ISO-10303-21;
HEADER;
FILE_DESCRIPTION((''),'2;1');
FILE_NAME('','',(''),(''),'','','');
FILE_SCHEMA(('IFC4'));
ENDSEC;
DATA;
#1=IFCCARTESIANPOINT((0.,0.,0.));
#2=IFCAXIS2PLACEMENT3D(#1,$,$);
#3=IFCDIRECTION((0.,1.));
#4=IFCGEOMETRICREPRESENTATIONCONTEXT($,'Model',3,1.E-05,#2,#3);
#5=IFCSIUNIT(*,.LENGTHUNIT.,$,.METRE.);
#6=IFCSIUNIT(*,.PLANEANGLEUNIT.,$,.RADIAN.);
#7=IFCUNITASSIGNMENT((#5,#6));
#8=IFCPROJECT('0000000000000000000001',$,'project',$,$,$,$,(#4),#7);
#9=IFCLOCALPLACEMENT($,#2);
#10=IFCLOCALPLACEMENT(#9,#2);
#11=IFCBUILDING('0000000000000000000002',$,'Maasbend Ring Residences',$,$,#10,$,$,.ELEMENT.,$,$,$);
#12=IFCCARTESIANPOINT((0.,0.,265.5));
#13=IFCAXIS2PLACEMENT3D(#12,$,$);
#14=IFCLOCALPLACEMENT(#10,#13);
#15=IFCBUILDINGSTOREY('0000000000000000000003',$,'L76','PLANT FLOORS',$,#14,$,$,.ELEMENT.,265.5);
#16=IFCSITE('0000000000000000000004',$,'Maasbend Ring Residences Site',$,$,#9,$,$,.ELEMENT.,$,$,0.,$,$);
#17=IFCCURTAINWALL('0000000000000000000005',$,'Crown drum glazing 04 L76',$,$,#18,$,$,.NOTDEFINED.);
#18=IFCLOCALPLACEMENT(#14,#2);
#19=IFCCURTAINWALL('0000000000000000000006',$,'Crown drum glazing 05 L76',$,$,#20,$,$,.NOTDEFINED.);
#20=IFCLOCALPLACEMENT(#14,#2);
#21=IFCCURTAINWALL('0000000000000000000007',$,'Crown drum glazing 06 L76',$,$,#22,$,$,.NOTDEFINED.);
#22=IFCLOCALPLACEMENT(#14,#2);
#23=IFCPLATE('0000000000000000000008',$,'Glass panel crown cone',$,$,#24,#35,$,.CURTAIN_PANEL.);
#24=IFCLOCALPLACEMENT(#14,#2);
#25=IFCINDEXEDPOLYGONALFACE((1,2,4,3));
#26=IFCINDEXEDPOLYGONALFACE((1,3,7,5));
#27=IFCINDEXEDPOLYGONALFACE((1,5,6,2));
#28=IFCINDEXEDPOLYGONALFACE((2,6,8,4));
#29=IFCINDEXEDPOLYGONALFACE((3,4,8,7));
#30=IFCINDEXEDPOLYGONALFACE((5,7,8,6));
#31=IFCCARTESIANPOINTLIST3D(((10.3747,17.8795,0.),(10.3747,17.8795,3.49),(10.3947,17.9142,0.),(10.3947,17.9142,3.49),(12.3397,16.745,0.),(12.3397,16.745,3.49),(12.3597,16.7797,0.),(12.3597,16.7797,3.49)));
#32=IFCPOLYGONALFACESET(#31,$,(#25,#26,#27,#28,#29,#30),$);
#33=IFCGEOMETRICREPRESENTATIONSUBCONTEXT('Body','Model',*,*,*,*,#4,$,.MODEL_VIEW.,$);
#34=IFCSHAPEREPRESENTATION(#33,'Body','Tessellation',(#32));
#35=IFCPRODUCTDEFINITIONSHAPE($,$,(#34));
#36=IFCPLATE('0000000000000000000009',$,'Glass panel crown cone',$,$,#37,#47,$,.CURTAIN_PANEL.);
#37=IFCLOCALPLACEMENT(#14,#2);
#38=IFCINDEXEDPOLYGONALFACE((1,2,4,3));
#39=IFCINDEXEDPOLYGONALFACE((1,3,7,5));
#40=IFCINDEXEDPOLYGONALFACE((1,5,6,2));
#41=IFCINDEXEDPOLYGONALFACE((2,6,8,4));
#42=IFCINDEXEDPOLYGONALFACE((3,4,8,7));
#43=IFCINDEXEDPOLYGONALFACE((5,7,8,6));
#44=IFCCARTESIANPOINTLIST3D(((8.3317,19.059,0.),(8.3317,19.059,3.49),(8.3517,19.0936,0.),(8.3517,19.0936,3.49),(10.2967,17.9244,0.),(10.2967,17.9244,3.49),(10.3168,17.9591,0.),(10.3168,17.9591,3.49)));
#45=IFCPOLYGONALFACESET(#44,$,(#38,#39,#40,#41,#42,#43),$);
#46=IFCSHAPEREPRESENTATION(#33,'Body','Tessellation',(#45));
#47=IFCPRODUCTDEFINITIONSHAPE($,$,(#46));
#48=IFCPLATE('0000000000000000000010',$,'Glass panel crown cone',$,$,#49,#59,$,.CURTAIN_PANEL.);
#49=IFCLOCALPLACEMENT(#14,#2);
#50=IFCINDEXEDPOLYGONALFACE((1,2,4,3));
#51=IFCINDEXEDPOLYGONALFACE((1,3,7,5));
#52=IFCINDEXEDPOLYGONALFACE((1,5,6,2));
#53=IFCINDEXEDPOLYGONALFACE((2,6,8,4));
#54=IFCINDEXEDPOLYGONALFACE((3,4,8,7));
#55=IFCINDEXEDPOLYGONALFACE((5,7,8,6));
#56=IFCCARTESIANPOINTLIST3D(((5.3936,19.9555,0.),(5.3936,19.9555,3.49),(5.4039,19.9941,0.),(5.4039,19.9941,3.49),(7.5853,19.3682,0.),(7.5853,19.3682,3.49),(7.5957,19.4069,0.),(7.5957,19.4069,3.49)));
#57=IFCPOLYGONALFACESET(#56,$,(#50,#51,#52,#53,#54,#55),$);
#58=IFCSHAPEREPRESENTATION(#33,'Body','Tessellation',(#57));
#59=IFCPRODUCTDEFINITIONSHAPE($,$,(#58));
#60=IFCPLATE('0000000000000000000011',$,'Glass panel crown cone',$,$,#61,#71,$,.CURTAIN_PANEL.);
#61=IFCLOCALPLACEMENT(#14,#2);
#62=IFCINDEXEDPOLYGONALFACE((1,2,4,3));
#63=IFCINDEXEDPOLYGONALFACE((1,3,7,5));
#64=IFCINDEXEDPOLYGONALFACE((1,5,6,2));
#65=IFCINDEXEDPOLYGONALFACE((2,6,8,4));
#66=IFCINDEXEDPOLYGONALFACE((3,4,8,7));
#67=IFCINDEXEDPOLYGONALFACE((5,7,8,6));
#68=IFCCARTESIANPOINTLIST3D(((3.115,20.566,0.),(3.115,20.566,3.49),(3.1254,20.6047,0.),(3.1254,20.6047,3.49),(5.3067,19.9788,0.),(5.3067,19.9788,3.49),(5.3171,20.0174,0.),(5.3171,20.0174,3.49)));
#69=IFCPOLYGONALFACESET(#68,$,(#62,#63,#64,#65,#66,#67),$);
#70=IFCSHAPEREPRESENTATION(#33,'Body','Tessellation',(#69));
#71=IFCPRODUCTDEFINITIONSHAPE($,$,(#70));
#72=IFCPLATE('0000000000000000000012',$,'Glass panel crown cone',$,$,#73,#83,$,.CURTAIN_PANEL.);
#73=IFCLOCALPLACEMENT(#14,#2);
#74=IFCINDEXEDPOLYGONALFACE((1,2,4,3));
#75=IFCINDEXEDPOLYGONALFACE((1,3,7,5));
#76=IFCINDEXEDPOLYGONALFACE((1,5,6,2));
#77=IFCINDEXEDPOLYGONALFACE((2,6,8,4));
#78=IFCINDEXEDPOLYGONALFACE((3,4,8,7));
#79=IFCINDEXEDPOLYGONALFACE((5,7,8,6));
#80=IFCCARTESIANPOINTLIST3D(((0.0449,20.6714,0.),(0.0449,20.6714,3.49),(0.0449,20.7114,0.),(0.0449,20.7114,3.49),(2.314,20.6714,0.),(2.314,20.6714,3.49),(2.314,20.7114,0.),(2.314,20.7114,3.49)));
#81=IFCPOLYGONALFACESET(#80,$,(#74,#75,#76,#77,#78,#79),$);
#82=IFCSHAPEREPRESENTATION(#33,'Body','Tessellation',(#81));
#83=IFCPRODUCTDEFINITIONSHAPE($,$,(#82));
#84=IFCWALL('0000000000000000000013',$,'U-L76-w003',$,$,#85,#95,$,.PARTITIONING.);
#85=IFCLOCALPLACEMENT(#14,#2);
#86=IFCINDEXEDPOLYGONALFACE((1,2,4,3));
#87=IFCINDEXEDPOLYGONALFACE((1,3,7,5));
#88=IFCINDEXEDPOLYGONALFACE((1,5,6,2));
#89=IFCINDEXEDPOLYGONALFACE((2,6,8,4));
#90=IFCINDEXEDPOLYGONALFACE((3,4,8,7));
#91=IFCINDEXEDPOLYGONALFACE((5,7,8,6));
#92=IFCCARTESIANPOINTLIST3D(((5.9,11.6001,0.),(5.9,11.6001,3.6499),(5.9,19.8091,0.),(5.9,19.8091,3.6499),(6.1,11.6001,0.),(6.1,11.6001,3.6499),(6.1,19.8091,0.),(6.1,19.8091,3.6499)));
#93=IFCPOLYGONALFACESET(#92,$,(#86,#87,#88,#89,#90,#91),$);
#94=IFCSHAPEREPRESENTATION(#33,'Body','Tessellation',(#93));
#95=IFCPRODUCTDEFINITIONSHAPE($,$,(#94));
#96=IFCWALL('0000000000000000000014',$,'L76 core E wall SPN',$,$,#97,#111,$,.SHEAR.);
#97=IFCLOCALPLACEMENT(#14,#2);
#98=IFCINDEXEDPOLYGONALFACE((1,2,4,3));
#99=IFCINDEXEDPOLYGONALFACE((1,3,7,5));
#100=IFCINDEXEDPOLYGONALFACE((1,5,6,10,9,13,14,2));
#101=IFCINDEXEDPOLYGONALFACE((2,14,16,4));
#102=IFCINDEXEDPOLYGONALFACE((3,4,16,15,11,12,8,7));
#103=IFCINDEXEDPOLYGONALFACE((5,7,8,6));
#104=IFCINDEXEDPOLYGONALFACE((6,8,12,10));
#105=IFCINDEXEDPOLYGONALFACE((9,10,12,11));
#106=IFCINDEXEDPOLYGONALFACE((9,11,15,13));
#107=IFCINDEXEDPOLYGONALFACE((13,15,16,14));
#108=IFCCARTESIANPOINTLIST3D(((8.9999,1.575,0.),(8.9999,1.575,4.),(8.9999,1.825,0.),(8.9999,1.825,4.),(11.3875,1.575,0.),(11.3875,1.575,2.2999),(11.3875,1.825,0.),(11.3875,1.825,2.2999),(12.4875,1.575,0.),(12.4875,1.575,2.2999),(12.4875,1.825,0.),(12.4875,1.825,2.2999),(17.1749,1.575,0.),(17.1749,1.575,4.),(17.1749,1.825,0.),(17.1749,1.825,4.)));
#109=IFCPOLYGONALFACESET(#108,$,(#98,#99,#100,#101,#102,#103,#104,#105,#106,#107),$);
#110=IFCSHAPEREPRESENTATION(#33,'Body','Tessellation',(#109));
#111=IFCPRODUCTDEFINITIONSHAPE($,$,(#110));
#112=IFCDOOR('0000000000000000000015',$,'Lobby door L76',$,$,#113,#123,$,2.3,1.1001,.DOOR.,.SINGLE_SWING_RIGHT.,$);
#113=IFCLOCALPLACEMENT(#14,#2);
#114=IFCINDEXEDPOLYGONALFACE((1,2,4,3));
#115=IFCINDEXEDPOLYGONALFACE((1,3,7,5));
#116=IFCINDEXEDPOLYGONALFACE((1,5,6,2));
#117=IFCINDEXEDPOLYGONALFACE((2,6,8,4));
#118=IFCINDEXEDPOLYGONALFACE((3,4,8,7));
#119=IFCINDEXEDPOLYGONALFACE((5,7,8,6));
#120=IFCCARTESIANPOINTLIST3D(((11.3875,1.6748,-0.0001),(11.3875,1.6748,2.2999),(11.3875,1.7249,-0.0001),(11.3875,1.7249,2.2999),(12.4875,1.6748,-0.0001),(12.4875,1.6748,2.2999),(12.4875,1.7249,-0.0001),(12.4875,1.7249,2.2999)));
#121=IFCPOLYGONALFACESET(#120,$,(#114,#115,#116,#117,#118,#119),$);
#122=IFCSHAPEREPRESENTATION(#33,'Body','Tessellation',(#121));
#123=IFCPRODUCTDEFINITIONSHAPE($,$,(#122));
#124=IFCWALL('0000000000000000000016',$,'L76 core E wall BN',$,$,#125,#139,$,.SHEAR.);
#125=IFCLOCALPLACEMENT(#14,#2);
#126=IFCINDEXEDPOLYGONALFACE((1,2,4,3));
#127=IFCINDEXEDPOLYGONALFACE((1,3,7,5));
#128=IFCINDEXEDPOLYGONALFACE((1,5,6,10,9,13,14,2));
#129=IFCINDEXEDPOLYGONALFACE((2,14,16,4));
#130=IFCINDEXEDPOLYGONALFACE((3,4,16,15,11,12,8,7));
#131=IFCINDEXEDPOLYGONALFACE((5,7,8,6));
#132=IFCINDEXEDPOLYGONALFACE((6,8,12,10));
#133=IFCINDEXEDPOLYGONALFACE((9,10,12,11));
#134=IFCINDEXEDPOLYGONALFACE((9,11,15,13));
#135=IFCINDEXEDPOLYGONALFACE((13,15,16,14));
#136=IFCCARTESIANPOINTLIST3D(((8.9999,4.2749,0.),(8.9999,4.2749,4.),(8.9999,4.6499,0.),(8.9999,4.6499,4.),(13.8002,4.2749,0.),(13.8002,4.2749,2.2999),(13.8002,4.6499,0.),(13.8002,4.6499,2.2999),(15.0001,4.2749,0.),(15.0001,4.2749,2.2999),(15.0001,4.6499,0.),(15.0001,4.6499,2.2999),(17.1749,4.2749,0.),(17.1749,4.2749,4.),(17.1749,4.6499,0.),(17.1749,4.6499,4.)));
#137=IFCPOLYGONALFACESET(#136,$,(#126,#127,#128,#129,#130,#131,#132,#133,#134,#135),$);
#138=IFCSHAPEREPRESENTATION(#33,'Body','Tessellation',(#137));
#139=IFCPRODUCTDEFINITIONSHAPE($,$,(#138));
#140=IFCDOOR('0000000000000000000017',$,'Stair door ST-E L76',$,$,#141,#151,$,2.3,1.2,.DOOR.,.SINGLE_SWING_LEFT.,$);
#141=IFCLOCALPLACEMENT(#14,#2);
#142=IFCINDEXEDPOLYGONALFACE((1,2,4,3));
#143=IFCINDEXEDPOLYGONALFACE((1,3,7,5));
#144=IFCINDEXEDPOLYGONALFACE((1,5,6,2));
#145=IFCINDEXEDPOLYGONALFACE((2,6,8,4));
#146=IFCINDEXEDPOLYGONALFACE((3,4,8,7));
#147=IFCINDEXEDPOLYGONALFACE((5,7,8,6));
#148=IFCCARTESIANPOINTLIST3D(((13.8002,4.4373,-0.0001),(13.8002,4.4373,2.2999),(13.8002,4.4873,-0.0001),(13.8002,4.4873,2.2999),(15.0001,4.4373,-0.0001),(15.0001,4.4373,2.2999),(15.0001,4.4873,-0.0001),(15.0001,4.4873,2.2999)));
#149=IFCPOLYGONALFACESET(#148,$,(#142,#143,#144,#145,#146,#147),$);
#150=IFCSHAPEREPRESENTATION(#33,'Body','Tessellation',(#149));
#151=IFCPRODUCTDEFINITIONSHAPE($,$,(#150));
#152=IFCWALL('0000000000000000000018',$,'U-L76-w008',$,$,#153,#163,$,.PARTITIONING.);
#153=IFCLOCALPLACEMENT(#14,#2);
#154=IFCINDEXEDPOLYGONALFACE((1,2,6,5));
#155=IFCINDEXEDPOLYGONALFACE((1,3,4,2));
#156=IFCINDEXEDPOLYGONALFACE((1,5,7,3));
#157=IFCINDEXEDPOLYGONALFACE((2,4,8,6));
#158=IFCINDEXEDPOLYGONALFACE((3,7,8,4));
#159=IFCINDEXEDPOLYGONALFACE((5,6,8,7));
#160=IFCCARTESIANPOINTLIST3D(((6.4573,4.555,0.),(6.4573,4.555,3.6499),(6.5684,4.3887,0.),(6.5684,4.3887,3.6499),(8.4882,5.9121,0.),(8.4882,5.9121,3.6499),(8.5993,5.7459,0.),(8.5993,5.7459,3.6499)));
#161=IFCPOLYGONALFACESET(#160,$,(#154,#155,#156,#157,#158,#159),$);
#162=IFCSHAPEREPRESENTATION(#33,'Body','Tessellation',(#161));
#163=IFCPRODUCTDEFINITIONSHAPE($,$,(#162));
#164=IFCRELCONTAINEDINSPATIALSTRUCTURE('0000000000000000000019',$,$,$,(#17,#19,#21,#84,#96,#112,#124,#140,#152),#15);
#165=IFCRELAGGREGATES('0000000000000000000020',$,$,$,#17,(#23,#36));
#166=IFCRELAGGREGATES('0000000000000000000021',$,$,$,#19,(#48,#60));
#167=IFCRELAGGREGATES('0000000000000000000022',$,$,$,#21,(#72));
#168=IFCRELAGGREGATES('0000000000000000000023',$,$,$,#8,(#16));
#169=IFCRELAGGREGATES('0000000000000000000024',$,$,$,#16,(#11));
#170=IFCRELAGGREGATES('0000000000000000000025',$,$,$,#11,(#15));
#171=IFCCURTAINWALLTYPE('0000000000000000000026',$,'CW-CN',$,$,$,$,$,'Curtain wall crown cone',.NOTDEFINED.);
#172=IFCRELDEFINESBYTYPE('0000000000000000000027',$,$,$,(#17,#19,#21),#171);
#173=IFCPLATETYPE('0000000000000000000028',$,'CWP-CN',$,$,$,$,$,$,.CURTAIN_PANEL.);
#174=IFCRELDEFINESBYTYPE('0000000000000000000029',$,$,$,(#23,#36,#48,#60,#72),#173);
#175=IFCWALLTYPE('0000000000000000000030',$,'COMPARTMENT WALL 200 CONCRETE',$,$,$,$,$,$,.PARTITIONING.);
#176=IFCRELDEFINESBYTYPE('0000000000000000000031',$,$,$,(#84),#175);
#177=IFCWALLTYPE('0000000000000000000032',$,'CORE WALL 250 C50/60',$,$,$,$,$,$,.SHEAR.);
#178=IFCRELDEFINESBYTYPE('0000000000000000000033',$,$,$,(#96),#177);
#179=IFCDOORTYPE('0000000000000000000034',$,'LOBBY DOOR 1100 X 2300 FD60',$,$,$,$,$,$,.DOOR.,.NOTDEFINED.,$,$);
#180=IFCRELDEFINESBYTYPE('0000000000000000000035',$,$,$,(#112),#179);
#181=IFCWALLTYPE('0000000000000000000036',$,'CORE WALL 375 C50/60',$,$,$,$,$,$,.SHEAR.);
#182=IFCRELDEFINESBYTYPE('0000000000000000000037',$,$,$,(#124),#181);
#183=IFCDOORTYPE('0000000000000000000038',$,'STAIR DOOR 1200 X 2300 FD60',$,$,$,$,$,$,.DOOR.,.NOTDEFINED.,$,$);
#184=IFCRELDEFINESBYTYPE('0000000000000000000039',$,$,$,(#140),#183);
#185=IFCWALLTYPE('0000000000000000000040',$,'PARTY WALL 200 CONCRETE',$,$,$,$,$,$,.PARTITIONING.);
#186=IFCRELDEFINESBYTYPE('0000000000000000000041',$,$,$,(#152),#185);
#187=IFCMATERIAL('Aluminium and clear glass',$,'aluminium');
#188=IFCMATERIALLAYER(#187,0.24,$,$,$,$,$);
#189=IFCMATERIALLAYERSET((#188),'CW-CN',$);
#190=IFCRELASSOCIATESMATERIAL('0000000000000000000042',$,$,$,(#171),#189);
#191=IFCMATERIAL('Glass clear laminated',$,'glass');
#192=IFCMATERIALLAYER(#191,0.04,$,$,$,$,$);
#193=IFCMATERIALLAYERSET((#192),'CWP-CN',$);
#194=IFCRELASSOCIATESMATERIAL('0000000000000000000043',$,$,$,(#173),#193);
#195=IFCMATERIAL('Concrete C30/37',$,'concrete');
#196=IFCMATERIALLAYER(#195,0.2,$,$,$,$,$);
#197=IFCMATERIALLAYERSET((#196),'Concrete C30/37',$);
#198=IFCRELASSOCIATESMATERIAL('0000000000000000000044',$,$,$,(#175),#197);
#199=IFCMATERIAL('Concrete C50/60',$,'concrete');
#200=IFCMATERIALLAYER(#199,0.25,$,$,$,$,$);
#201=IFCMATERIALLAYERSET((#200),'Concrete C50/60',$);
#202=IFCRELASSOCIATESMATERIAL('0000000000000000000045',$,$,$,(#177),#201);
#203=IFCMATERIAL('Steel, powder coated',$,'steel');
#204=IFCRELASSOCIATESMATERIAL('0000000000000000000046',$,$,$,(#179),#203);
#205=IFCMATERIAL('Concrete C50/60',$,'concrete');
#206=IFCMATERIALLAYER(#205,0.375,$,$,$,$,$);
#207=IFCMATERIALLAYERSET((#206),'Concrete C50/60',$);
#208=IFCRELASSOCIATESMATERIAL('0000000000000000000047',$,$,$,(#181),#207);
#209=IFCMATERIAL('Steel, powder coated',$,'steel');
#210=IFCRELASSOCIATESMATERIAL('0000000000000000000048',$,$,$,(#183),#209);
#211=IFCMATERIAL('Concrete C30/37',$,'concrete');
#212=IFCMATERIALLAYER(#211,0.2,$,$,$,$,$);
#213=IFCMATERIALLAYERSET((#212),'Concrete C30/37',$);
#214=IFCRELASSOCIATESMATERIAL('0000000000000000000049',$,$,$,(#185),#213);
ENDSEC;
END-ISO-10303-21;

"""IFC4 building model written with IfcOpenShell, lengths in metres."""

from ifc_helpers import new_model, si_unit, direction, frame, frame_2d, origin, origin_2d, place, context, subcontext, project, spatial, rectangle, extrude, material, layer, layer_set, type_object, element, fill, aggregate, save


model = new_model("IFC4")

# Units and contexts
model_context = context("Model", 3, precision=1e-05, world=origin(), true_north=direction((0.0, 1.0)))
body_context = subcontext(model_context, "Body", "Model", "MODEL_VIEW")
ifc_project = project(units=[si_unit("LENGTHUNIT", "METRE"), si_unit("PLANEANGLEUNIT", "RADIAN")], contexts=[model_context])

# Site, building, storey
site_placement = place(None, origin())
site = spatial("IfcSite", under=ifc_project, at=site_placement, Name="Maasbend Ring Residences Site", CompositionType="ELEMENT", RefElevation=0.0)
building_placement = place(site_placement, origin())
building = spatial("IfcBuilding", under=site, at=building_placement, Name="Maasbend Ring Residences", CompositionType="ELEMENT")
storey_placement = place(building_placement, frame((0.0, 0.0, 265.5)))
storey = spatial("IfcBuildingStorey", under=building, at=storey_placement, Name="L76", Description="PLANT FLOORS", CompositionType="ELEMENT", Elevation=265.5)

# Curtain walls
ifc_material_1 = material(Name="Aluminium and clear glass", Category="aluminium")
ifc_layer_1 = layer(ifc_material_1, 0.24)
ifc_layer_set_1 = layer_set([ifc_layer_1], Name="CW-CN")
curtain_wall_type = type_object("IfcCurtainWallType", Name="CW-CN", ElementType="Curtain wall crown cone", PredefinedType="NOTDEFINED", material=ifc_layer_set_1)
curtain_wall_1_placement = place(storey_placement, origin())
curtain_wall_1 = element("IfcCurtainWall", 1, at=curtain_wall_1_placement, inside=storey, type_object=curtain_wall_type, Name="Crown drum glazing 04 L76", PredefinedType="NOTDEFINED")
curtain_wall_2_placement = place(storey_placement, origin())
curtain_wall_2 = element("IfcCurtainWall", 2, at=curtain_wall_2_placement, inside=storey, type_object=curtain_wall_type, Name="Crown drum glazing 05 L76", PredefinedType="NOTDEFINED")

# Curtain wall
curtain_wall_3_placement = place(storey_placement, origin())
curtain_wall_3 = element("IfcCurtainWall", 3, at=curtain_wall_3_placement, inside=storey, type_object=curtain_wall_type, Name="Crown drum glazing 06 L76", PredefinedType="NOTDEFINED")

# Plates
ifc_material_2 = material(Name="Glass clear laminated", Category="glass")
ifc_layer_2 = layer(ifc_material_2, 0.04)
ifc_layer_set_2 = layer_set([ifc_layer_2], Name="CWP-CN")
plate_type = type_object("IfcPlateType", Name="CWP-CN", PredefinedType="CURTAIN_PANEL", material=ifc_layer_set_2)
plate_1_placement = place(storey_placement, frame((11.3672, 17.3296, 0.0), z_axis=(0.0, 0.0, 1.0), x_axis=(-0.866025, 0.5, 0.0)))
plate_1 = element("IfcPlate", 4, at=plate_1_placement, type_object=plate_type, Name="Glass panel crown cone", PredefinedType="CURTAIN_PANEL", context=body_context, shape_type="SweptSolid", body=[
    extrude(rectangle(XDim=2.269, YDim=0.04, at=origin_2d()), origin(), (0.0, 0.0, 1.0), 3.49),
])
plate_2_placement = place(storey_placement, frame((9.3242, 18.509, 0.0), z_axis=(0.0, 0.0, 1.0), x_axis=(-0.866025, 0.5, 0.0)))
plate_2 = element("IfcPlate", 5, at=plate_2_placement, type_object=plate_type, Name="Glass panel crown cone", PredefinedType="CURTAIN_PANEL", context=body_context, shape_type="SweptSolid", body=[
    extrude(rectangle(XDim=2.269, YDim=0.04, at=origin_2d()), origin(), (0.0, 0.0, 1.0), 3.49),
])
aggregate(curtain_wall_1, [plate_1, plate_2])
plate_3_placement = place(storey_placement, frame((6.4946, 19.6812, 0.0), z_axis=(0.0, 0.0, 1.0), x_axis=(-0.965926, 0.258819, 0.0)))
plate_3 = element("IfcPlate", 6, at=plate_3_placement, type_object=plate_type, Name="Glass panel crown cone", PredefinedType="CURTAIN_PANEL", context=body_context, shape_type="SweptSolid", body=[
    extrude(rectangle(XDim=2.269, YDim=0.04, at=origin_2d()), origin(), (0.0, 0.0, 1.0), 3.49),
])
plate_4_placement = place(storey_placement, frame((4.2161, 20.2917, 0.0), z_axis=(0.0, 0.0, 1.0), x_axis=(-0.965926, 0.258819, 0.0)))
plate_4 = element("IfcPlate", 7, at=plate_4_placement, type_object=plate_type, Name="Glass panel crown cone", PredefinedType="CURTAIN_PANEL", context=body_context, shape_type="SweptSolid", body=[
    extrude(rectangle(XDim=2.269, YDim=0.04, at=origin_2d()), origin(), (0.0, 0.0, 1.0), 3.49),
])
aggregate(curtain_wall_2, [plate_3, plate_4])
plate_5_placement = place(storey_placement, frame((1.1794, 20.6914, 0.0), z_axis=(0.0, 0.0, 1.0), x_axis=(-1.0, 0.0, 0.0)))
plate_5 = element("IfcPlate", 8, at=plate_5_placement, type_object=plate_type, Name="Glass panel crown cone", PredefinedType="CURTAIN_PANEL", context=body_context, shape_type="SweptSolid", body=[
    extrude(rectangle(XDim=2.269, YDim=0.04, at=origin_2d()), origin(), (0.0, 0.0, 1.0), 3.49),
])
aggregate(curtain_wall_3, [plate_5])

# Wall
ifc_material_3 = material(Name="Concrete C30/37", Category="concrete")
ifc_layer_3 = layer(ifc_material_3, 0.2)
ifc_layer_set_3 = layer_set([ifc_layer_3], Name="Concrete C30/37")
wall_type_1 = type_object("IfcWallType", Name="COMPARTMENT WALL 200 CONCRETE", PredefinedType="PARTITIONING", material=ifc_layer_set_3)
wall_1_placement = place(storey_placement, frame((6.0, 11.6001, 0.0), z_axis=(0.0, 0.0, 1.0), x_axis=(0.0, 1.0, 0.0)))
element("IfcWall", 9, at=wall_1_placement, inside=storey, type_object=wall_type_1, Name="U-L76-w003", PredefinedType="PARTITIONING", context=body_context, shape_type="SweptSolid", body=[
    extrude(rectangle(XDim=8.209, YDim=0.2, at=frame_2d((4.1045, 0.0))), origin(), (0.0, 0.0, 1.0), 3.6499),
])

# Walls, openings, doors
ifc_material_4 = material(Name="Concrete C50/60", Category="concrete")
ifc_layer_4 = layer(ifc_material_4, 0.25)
ifc_layer_set_4 = layer_set([ifc_layer_4], Name="Concrete C50/60")
wall_type_2 = type_object("IfcWallType", Name="CORE WALL 250 C50/60", PredefinedType="SHEAR", material=ifc_layer_set_4)
wall_2_placement = place(storey_placement, frame((9.0, 1.7, 0.0), z_axis=(0.0, 0.0, 1.0), x_axis=(1.0, 0.0, 0.0)))
wall_2 = element("IfcWall", 10, at=wall_2_placement, inside=storey, type_object=wall_type_2, Name="L76 core E wall SPN", PredefinedType="SHEAR", context=body_context, shape_type="SweptSolid", body=[
    extrude(rectangle(XDim=8.175, YDim=0.25, at=frame_2d((4.0874, 0.0))), origin(), (0.0, 0.0, 1.0), 4.0),
])
opening_1_placement = place(wall_2_placement, frame((2.3875, 0.0, 0.0)))
opening_1 = element("IfcOpeningElement", 11, at=opening_1_placement, cuts=wall_2, PredefinedType="OPENING", context=body_context, shape_type="SweptSolid", body=[
    extrude(rectangle(XDim=1.1001, YDim=2.3, at=frame_2d((0.55, 1.1499))), frame((0.0, 0.135, 0.0), z_axis=(0.0, -1.0, 0.0), x_axis=(1.0, 0.0, 0.0)), (0.0, 0.0, 1.0), 0.27),
])
ifc_material_5 = material(Name="Steel, powder coated", Category="steel")
door_type_1 = type_object("IfcDoorType", Name="LOBBY DOOR 1100 X 2300 FD60", OperationType="NOTDEFINED", PredefinedType="DOOR", material=ifc_material_5)
door_1_placement = place(opening_1_placement, origin())
door_1 = element("IfcDoor", 12, at=door_1_placement, inside=storey, type_object=door_type_1, Name="Lobby door L76", OperationType="SINGLE_SWING_RIGHT", OverallHeight=2.3, OverallWidth=1.1001, PredefinedType="DOOR", context=body_context, shape_type="SweptSolid", body=[
    extrude(rectangle(XDim=1.1001, YDim=2.3, at=frame_2d((0.55, 1.1499))), frame((0.0, 0.0249, 0.0), z_axis=(0.0, -1.0, 0.0), x_axis=(1.0, 0.0, 0.0)), (0.0, 0.0, 1.0), 0.05),
])
fill(opening_1, door_1)
ifc_material_6 = material(Name="Concrete C50/60", Category="concrete")
ifc_layer_5 = layer(ifc_material_6, 0.375)
ifc_layer_set_5 = layer_set([ifc_layer_5], Name="Concrete C50/60")
wall_type_3 = type_object("IfcWallType", Name="CORE WALL 375 C50/60", PredefinedType="SHEAR", material=ifc_layer_set_5)
wall_3_placement = place(storey_placement, frame((9.0, 4.4624, 0.0), z_axis=(0.0, 0.0, 1.0), x_axis=(1.0, 0.0, 0.0)))
wall_3 = element("IfcWall", 13, at=wall_3_placement, inside=storey, type_object=wall_type_3, Name="L76 core E wall BN", PredefinedType="SHEAR", context=body_context, shape_type="SweptSolid", body=[
    extrude(rectangle(XDim=8.175, YDim=0.375, at=frame_2d((4.0874, 0.0))), origin(), (0.0, 0.0, 1.0), 4.0),
])
opening_2_placement = place(wall_3_placement, frame((4.8, 0.0, 0.0)))
opening_2 = element("IfcOpeningElement", 14, at=opening_2_placement, cuts=wall_3, PredefinedType="OPENING", context=body_context, shape_type="SweptSolid", body=[
    extrude(rectangle(XDim=1.2, YDim=2.3, at=frame_2d((0.6001, 1.1499))), frame((0.0, 0.1975, 0.0), z_axis=(0.0, -1.0, 0.0), x_axis=(1.0, 0.0, 0.0)), (0.0, 0.0, 1.0), 0.395),
])
ifc_material_7 = material(Name="Steel, powder coated", Category="steel")
door_type_2 = type_object("IfcDoorType", Name="STAIR DOOR 1200 X 2300 FD60", OperationType="NOTDEFINED", PredefinedType="DOOR", material=ifc_material_7)
door_2_placement = place(opening_2_placement, origin())
door_2 = element("IfcDoor", 15, at=door_2_placement, inside=storey, type_object=door_type_2, Name="Stair door ST-E L76", OperationType="SINGLE_SWING_LEFT", OverallHeight=2.3, OverallWidth=1.2, PredefinedType="DOOR", context=body_context, shape_type="SweptSolid", body=[
    extrude(rectangle(XDim=1.2, YDim=2.3, at=frame_2d((0.6001, 1.1499))), frame((0.0, 0.0249, 0.0), z_axis=(0.0, -1.0, 0.0), x_axis=(1.0, 0.0, 0.0)), (0.0, 0.0, 1.0), 0.05),
])
fill(opening_2, door_2)

# Wall
ifc_material_8 = material(Name="Concrete C30/37", Category="concrete")
ifc_layer_6 = layer(ifc_material_8, 0.2)
ifc_layer_set_6 = layer_set([ifc_layer_6], Name="Concrete C30/37")
wall_type_4 = type_object("IfcWallType", Name="PARTY WALL 200 CONCRETE", PredefinedType="PARTITIONING", material=ifc_layer_set_6)
wall_4_placement = place(storey_placement, frame((6.5129, 4.4719, 0.0), z_axis=(0.0, 0.0, 1.0), x_axis=(0.83145, 0.555599, 0.0)))
element("IfcWall", 16, at=wall_4_placement, inside=storey, type_object=wall_type_4, Name="U-L76-w008", PredefinedType="PARTITIONING", context=body_context, shape_type="SweptSolid", body=[
    extrude(rectangle(XDim=2.4426, YDim=0.2, at=frame_2d((1.2212, 0.0))), origin(), (0.0, 0.0, 1.0), 3.6499),
])

save(model, "model.ifc")
